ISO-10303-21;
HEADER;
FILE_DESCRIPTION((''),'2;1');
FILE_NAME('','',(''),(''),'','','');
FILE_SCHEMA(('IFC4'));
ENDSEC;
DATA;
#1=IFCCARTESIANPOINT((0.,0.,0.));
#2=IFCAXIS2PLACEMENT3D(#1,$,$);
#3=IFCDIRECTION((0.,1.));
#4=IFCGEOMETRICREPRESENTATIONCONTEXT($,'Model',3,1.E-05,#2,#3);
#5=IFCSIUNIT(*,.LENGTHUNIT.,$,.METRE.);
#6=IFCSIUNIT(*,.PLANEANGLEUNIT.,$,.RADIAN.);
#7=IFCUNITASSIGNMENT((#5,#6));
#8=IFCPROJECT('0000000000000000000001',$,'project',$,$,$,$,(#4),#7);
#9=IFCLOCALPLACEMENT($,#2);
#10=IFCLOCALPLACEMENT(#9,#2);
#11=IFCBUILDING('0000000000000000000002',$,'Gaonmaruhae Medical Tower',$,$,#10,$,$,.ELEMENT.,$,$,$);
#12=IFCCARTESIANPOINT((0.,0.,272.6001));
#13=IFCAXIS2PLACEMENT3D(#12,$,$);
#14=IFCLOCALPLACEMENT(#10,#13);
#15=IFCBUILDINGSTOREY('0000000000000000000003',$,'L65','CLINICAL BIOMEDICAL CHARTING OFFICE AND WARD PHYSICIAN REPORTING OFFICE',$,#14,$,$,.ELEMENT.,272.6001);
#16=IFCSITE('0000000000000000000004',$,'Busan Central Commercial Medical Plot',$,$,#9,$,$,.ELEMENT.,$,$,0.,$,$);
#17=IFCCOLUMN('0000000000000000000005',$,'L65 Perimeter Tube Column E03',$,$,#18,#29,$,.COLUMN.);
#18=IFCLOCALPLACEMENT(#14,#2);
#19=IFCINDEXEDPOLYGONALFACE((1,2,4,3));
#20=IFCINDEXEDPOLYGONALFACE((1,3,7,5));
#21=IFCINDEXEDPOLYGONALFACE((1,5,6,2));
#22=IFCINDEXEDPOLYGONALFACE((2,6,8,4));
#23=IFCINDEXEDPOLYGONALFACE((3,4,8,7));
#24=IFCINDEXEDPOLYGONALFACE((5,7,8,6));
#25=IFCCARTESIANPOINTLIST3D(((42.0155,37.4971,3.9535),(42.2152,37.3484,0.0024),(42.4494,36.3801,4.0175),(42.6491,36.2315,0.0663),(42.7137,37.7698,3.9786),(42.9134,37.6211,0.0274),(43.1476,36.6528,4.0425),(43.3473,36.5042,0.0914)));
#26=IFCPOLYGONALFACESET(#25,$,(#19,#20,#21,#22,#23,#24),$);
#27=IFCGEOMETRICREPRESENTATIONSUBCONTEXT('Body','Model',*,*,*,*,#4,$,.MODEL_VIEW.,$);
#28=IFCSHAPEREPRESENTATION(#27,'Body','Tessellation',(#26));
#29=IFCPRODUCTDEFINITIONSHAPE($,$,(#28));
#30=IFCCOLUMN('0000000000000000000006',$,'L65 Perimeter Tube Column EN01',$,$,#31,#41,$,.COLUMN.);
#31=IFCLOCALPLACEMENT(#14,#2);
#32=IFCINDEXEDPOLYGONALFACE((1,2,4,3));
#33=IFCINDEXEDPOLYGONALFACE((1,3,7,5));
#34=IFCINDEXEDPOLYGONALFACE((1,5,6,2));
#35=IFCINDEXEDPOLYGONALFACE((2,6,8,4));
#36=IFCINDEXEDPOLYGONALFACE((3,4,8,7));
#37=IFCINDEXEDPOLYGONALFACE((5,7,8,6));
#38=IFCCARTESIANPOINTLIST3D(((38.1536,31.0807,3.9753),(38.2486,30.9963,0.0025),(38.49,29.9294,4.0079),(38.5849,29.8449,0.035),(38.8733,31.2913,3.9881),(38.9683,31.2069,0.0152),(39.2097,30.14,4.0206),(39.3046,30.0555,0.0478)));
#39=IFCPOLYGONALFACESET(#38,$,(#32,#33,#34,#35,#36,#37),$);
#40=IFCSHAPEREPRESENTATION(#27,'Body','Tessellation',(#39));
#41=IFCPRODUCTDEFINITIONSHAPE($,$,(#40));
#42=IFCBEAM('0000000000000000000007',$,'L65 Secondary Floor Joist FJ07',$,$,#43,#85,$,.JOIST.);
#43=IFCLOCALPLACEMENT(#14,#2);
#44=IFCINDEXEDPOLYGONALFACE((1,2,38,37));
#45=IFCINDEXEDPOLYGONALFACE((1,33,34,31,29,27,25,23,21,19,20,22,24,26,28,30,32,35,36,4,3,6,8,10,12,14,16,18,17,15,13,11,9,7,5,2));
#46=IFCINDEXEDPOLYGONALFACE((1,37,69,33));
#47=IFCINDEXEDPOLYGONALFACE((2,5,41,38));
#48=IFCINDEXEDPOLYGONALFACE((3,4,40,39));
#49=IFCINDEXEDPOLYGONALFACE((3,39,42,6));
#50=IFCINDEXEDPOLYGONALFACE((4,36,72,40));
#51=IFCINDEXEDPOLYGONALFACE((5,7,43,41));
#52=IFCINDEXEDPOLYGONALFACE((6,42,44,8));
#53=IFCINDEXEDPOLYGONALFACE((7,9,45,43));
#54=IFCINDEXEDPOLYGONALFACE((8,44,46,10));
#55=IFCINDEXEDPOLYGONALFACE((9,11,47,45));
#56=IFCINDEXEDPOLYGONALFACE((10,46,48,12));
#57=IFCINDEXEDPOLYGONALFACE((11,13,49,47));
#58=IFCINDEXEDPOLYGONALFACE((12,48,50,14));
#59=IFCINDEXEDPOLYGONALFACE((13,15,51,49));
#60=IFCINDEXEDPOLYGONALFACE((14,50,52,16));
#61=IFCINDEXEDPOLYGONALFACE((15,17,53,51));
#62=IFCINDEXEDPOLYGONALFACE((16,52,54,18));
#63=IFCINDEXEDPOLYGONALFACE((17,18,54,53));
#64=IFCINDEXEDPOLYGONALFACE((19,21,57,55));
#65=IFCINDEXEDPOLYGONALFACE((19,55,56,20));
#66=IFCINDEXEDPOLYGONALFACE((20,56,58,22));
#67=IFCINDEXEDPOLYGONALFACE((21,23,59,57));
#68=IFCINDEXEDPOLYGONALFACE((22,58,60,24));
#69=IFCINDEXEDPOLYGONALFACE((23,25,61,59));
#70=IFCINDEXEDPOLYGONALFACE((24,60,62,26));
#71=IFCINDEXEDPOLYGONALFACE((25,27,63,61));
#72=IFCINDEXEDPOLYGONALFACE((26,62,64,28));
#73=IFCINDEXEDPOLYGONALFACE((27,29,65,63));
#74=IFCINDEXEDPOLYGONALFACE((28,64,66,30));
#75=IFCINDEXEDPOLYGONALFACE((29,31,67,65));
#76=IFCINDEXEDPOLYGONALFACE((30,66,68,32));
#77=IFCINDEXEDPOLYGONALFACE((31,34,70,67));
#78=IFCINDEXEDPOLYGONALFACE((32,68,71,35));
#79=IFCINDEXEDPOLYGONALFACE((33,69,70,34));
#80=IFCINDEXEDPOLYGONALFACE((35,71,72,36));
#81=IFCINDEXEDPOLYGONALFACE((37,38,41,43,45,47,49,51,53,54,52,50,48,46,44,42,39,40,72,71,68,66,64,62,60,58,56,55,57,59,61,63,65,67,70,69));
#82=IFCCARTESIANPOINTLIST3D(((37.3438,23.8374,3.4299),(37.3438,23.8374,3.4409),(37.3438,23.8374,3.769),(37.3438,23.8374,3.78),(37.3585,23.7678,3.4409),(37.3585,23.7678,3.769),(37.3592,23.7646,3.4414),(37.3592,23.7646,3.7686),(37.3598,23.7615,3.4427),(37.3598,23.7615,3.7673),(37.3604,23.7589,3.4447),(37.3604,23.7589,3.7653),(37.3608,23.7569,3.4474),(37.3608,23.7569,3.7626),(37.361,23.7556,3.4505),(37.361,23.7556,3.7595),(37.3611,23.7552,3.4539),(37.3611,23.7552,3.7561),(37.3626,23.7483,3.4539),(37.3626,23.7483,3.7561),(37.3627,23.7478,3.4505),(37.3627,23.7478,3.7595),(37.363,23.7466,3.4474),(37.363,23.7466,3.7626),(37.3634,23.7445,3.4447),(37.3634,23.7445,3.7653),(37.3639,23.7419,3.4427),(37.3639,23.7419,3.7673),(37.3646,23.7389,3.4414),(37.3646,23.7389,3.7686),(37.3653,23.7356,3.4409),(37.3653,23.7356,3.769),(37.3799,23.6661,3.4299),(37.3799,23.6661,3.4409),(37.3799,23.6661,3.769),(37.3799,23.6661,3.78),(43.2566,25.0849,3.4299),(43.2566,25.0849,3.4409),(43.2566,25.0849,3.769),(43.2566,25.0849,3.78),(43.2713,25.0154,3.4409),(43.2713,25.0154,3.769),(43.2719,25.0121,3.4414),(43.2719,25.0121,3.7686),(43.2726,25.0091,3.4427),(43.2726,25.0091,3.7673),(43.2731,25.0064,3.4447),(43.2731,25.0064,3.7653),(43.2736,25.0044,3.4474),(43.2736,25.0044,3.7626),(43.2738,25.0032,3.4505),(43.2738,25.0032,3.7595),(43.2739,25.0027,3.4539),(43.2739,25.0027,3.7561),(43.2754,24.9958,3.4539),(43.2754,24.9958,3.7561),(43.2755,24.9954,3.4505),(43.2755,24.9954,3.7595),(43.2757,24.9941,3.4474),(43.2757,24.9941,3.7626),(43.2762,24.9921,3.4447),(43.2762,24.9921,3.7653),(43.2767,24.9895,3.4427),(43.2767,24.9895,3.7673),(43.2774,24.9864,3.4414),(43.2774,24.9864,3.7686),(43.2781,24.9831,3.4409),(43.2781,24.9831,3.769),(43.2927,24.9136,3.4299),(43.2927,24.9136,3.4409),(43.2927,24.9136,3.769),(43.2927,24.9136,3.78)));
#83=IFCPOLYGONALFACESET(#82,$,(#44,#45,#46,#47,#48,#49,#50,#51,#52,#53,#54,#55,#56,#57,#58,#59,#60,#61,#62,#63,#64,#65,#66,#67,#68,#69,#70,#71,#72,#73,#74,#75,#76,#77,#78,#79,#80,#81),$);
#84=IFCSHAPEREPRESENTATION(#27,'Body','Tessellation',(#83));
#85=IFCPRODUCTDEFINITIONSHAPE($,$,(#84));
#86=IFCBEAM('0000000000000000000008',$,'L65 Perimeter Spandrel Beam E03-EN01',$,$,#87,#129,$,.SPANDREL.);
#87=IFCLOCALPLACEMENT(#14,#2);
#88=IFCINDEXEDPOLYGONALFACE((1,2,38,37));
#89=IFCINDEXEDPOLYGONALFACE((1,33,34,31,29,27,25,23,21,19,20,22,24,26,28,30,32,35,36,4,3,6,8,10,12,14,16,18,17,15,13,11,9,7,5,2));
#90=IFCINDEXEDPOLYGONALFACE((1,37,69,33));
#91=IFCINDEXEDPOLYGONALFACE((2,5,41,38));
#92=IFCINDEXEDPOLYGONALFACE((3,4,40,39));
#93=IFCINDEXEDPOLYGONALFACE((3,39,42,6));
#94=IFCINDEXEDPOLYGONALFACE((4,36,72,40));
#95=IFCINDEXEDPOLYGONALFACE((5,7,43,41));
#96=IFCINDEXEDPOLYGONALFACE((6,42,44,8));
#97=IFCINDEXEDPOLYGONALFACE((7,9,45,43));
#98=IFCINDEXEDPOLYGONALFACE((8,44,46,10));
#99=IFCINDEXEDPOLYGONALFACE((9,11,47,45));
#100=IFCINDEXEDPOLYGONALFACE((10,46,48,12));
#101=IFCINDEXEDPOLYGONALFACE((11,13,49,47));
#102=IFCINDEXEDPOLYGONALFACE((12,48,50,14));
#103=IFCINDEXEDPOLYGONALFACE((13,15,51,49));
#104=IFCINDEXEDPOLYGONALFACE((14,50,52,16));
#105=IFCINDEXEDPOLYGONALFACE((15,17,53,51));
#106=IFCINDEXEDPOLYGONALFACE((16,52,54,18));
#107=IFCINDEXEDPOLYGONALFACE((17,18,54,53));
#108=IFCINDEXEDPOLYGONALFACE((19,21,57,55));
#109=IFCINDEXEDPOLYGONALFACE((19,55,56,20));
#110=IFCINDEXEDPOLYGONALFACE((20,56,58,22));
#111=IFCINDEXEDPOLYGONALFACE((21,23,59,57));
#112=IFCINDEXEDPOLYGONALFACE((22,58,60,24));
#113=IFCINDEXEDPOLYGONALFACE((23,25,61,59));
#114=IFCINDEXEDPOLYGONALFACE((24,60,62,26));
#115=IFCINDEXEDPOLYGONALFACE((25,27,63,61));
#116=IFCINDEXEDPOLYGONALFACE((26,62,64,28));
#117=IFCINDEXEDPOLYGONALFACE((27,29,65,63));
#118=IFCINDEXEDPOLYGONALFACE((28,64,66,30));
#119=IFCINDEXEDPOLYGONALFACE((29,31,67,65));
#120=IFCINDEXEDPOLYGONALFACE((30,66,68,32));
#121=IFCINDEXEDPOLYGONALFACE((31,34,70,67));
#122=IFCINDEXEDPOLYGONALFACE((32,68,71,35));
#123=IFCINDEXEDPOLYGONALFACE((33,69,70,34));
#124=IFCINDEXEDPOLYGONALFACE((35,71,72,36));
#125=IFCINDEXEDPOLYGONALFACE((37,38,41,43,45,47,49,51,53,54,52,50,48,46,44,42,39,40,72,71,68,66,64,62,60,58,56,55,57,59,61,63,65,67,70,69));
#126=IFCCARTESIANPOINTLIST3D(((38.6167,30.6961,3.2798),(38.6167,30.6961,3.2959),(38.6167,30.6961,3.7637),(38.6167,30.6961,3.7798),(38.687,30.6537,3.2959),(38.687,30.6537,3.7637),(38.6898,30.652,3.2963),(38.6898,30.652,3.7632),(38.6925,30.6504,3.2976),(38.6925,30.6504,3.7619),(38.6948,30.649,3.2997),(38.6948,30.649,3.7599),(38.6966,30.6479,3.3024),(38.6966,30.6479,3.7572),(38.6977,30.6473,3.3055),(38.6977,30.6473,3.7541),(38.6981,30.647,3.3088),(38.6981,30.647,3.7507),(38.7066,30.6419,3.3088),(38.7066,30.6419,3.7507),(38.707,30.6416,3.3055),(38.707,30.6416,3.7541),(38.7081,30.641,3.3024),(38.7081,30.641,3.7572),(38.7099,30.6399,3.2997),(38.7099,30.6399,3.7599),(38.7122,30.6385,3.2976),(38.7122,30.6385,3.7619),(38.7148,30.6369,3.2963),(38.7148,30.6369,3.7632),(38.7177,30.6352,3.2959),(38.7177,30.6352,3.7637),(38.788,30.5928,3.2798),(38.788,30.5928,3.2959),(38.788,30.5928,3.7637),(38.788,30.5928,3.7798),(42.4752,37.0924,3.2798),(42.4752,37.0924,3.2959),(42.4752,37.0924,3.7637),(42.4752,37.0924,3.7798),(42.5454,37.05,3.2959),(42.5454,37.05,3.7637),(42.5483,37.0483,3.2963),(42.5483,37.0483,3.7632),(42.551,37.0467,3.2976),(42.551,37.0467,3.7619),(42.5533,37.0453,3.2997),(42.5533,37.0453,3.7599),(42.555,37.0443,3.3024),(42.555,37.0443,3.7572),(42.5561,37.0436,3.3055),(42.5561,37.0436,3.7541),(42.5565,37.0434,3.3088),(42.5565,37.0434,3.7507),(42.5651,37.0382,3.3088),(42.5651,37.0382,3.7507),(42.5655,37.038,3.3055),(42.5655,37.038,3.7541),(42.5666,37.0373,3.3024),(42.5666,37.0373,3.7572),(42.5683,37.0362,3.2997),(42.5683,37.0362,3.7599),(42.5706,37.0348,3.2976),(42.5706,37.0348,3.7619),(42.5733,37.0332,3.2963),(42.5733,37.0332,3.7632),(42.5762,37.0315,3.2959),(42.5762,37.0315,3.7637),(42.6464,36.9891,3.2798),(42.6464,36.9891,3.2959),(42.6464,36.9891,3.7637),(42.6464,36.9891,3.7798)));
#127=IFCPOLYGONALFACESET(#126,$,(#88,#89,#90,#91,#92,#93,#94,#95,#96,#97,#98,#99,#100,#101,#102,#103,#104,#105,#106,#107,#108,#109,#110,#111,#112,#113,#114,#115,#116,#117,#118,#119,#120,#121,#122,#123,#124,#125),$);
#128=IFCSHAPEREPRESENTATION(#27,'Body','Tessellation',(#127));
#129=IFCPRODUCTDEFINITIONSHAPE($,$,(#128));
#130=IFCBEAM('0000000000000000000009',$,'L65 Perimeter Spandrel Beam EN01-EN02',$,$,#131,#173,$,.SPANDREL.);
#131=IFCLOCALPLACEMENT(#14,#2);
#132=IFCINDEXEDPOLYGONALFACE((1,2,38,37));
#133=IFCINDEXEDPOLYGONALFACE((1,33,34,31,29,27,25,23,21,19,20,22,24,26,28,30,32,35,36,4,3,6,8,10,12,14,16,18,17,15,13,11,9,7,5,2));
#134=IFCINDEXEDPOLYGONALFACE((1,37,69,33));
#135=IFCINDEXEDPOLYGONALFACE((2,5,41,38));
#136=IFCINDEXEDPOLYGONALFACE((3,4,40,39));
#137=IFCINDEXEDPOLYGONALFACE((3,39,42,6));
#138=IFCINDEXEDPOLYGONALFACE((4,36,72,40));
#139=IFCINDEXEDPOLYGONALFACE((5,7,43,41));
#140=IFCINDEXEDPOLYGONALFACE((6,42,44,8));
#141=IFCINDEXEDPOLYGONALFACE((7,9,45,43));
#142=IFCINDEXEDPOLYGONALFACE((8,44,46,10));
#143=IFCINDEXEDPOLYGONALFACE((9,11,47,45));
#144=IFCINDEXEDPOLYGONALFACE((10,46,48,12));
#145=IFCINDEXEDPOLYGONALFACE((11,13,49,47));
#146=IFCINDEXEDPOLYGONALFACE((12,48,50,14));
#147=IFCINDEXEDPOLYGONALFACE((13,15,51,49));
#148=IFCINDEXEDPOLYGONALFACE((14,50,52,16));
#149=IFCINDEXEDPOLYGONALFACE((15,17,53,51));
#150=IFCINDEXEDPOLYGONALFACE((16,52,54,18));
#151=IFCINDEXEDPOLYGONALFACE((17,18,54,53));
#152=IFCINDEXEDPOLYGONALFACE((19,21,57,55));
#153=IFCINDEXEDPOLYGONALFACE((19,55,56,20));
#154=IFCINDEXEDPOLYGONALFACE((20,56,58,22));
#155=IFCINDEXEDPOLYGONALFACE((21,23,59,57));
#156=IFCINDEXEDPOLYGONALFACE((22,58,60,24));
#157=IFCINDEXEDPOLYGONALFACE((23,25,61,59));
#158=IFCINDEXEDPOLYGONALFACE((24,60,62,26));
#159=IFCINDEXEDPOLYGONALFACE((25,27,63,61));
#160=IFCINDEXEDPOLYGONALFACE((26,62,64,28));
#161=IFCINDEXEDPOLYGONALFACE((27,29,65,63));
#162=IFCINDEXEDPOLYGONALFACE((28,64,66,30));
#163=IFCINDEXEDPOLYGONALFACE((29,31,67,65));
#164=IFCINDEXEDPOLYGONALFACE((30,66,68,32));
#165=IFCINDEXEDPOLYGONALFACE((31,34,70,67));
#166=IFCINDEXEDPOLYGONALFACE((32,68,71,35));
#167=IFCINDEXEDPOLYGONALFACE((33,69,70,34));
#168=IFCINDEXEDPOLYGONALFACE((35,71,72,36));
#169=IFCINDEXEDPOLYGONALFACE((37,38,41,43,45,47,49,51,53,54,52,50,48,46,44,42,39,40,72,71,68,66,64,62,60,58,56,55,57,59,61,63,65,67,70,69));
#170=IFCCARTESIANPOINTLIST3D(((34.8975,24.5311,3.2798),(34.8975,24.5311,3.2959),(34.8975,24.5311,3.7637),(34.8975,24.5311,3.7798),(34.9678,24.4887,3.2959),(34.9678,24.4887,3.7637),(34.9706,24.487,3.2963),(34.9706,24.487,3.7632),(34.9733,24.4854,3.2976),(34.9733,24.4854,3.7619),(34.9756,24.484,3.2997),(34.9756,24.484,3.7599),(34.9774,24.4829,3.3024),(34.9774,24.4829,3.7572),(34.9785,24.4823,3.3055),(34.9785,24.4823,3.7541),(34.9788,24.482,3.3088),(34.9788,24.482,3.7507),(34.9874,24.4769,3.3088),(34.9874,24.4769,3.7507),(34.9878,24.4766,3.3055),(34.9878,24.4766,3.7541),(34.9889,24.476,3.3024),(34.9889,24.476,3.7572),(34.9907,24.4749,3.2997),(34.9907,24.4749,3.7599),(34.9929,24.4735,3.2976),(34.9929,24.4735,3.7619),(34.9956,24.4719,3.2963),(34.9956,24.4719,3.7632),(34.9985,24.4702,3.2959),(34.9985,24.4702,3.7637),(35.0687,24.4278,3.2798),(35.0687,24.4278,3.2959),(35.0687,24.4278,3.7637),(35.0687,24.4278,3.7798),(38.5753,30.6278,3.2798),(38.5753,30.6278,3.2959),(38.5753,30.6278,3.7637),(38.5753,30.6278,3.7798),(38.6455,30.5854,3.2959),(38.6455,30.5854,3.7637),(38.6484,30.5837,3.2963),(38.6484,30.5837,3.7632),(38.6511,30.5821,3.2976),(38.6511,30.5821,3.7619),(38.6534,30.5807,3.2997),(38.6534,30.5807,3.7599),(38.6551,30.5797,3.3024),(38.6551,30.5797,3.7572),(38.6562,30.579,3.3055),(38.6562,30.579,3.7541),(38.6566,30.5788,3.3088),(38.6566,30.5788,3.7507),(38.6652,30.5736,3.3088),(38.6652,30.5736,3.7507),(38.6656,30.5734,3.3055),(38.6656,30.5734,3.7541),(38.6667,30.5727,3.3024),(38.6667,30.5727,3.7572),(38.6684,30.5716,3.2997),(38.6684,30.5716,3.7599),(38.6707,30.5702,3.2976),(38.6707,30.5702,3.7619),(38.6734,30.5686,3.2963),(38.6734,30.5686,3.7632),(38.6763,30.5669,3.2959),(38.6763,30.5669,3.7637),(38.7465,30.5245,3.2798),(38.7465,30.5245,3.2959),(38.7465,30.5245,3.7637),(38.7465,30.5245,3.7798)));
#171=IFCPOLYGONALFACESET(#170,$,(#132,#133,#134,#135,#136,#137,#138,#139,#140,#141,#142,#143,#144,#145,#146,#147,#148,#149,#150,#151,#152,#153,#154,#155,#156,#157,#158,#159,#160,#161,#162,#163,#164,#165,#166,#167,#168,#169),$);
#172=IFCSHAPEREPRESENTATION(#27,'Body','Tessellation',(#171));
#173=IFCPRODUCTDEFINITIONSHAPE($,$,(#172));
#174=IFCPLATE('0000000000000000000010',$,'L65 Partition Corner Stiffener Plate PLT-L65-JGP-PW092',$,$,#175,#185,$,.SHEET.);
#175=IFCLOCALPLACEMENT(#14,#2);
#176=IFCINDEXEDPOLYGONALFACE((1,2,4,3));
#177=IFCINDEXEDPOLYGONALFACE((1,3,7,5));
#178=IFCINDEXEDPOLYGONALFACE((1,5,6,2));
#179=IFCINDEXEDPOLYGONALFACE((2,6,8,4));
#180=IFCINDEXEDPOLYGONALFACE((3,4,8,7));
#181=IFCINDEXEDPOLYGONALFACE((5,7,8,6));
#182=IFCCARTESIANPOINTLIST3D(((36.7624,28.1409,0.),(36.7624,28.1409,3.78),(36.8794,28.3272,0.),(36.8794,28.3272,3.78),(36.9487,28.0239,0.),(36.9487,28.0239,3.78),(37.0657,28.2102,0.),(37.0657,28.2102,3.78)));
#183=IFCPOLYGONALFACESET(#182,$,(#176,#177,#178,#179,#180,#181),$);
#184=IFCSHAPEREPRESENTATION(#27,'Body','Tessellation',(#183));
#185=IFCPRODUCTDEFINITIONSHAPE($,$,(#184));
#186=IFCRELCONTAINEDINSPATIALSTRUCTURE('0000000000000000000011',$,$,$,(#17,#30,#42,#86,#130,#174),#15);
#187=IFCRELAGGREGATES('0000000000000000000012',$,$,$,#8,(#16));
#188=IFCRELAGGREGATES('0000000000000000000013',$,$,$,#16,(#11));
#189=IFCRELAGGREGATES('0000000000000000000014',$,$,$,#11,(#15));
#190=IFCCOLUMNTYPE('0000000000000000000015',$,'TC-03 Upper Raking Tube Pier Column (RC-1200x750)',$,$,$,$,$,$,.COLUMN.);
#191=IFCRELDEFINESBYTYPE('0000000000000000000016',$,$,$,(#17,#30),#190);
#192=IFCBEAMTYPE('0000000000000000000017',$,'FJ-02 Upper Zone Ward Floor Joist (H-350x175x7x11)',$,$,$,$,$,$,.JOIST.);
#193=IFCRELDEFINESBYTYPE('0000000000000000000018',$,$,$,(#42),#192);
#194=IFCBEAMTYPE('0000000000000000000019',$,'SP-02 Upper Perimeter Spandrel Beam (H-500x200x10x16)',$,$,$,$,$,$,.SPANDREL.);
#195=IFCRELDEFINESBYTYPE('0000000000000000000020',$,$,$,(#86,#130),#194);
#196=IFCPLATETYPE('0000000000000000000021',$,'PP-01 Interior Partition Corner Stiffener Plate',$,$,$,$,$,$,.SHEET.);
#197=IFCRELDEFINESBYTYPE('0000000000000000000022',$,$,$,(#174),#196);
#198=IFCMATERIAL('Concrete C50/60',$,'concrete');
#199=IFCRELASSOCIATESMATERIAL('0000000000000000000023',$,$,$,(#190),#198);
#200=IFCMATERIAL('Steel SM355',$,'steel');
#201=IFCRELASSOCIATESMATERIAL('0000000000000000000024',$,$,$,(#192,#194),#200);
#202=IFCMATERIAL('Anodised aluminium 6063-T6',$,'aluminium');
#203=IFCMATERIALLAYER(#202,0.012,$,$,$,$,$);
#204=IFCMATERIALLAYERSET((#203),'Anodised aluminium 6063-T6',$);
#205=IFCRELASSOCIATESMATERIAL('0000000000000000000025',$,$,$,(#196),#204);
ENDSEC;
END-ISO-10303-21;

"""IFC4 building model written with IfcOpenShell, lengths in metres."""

from ifc_helpers import new_model, si_unit, direction, frame, origin, origin_2d, place, context, subcontext, project, spatial, rectangle, i_section, extrude, material, layer, layer_set, material_profile, profile_set, type_object, element, save


model = new_model("IFC4")

# Units and contexts
model_context = context("Model", 3, precision=1e-05, world=origin(), true_north=direction((0.0, 1.0)))
body_context = subcontext(model_context, "Body", "Model", "MODEL_VIEW")
ifc_project = project(units=[si_unit("LENGTHUNIT", "METRE"), si_unit("PLANEANGLEUNIT", "RADIAN")], contexts=[model_context])

# Site, building, storey
site_placement = place(None, origin())
site = spatial("IfcSite", under=ifc_project, at=site_placement, Name="Busan Central Commercial Medical Plot", CompositionType="ELEMENT", RefElevation=0.0)
building_placement = place(site_placement, origin())
building = spatial("IfcBuilding", under=site, at=building_placement, Name="Gaonmaruhae Medical Tower", CompositionType="ELEMENT")
storey_placement = place(building_placement, frame((0.0, 0.0, 272.6001)))
storey = spatial("IfcBuildingStorey", under=building, at=storey_placement, Name="L65", Description="CLINICAL BIOMEDICAL CHARTING OFFICE AND WARD PHYSICIAN REPORTING OFFICE", CompositionType="ELEMENT", Elevation=272.6001)

# Columns
ifc_material_1 = material(Name="Concrete C50/60", Category="concrete")
ifc_material_profile_1 = material_profile(ifc_material_1, rectangle(XDim=1.2, YDim=0.75, at=origin_2d()), Name="RC-1200x750")
ifc_profile_set_1 = profile_set([ifc_material_profile_1], Name="Concrete C50/60")
column_type = type_object("IfcColumnType", Name="TC-03 Upper Raking Tube Pier Column (RC-1200x750)", PredefinedType="COLUMN", material=ifc_profile_set_1)
column_1_placement = place(storey_placement, frame((42.7812, 36.9263, 0.0469), z_axis=(-0.050444, 0.037555, 0.998021), x_axis=(0.361619, -0.930801, 0.053303)))
element("IfcColumn", 1, at=column_1_placement, inside=storey, type_object=column_type, Name="L65 Perimeter Tube Column E03", PredefinedType="COLUMN", context=body_context, shape_type="SweptSolid", body=[
    extrude(rectangle(XDim=1.2, YDim=0.75, at=origin_2d()), origin(), (0.0, 0.0, 1.0), 3.959),
])
column_2_placement = place(storey_placement, frame((38.7766, 30.5259, 0.0251), z_axis=(-0.023892, 0.021251, 0.999489), x_axis=(0.280312, -0.959526, 0.027102)))
element("IfcColumn", 2, at=column_2_placement, inside=storey, type_object=column_type, Name="L65 Perimeter Tube Column EN01", PredefinedType="COLUMN", context=body_context, shape_type="SweptSolid", body=[
    extrude(rectangle(XDim=1.2, YDim=0.75, at=origin_2d()), origin(), (0.0, 0.0, 1.0), 3.9749),
])

# Beams
ifc_material_2 = material(Name="Steel SM355", Category="steel")
ifc_material_profile_2 = material_profile(ifc_material_2, i_section(OverallWidth=0.175, OverallDepth=0.3501, WebThickness=0.0071, FlangeThickness=0.011, FilletRadius=0.0129, at=origin_2d()), Name="H-350x175x7x11")
ifc_profile_set_2 = profile_set([ifc_material_profile_2], Name="Steel SM355")
beam_type_1 = type_object("IfcBeamType", Name="FJ-02 Upper Zone Ward Floor Joist (H-350x175x7x11)", PredefinedType="JOIST", material=ifc_profile_set_2)
beam_1_placement = place(storey_placement, frame((43.2747, 24.9993, 3.605), z_axis=(-0.978458, -0.206446, 0.0), x_axis=(0.206446, -0.978458, 0.0)))
element("IfcBeam", 3, at=beam_1_placement, inside=storey, type_object=beam_type_1, Name="L65 Secondary Floor Joist FJ07", PredefinedType="JOIST", context=body_context, shape_type="SweptSolid", body=[
    extrude(i_section(OverallWidth=0.175, OverallDepth=0.3501, WebThickness=0.0071, FlangeThickness=0.011, FilletRadius=0.0129, at=origin_2d()), origin(), (0.0, 0.0, 1.0), 6.043),
])
ifc_material_profile_3 = material_profile(ifc_material_2, i_section(OverallWidth=0.2, OverallDepth=0.5, WebThickness=0.01, FlangeThickness=0.0161, FilletRadius=0.0129, at=origin_2d()), Name="H-500x200x10x16")
ifc_profile_set_3 = profile_set([ifc_material_profile_3], Name="Steel SM355")
beam_type_2 = type_object("IfcBeamType", Name="SP-02 Upper Perimeter Spandrel Beam (H-500x200x10x16)", PredefinedType="SPANDREL", material=ifc_profile_set_3)
beam_2_placement = place(storey_placement, frame((42.5608, 37.0408, 3.5298), z_axis=(-0.516527, -0.856271, 0.0), x_axis=(0.856271, -0.516527, 0.0)))
element("IfcBeam", 4, at=beam_2_placement, inside=storey, type_object=beam_type_2, Name="L65 Perimeter Spandrel Beam E03-EN01", PredefinedType="SPANDREL", context=body_context, shape_type="SweptSolid", body=[
    extrude(i_section(OverallWidth=0.2, OverallDepth=0.5, WebThickness=0.01, FlangeThickness=0.0161, FilletRadius=0.0129, at=origin_2d()), origin(), (0.0, 0.0, 1.0), 7.47),
])
beam_3_placement = place(storey_placement, frame((38.6609, 30.5762, 3.5298), z_axis=(-0.516531, -0.856268, 0.0), x_axis=(0.856268, -0.516531, 0.0)))
element("IfcBeam", 5, at=beam_3_placement, inside=storey, type_object=beam_type_2, Name="L65 Perimeter Spandrel Beam EN01-EN02", PredefinedType="SPANDREL", context=body_context, shape_type="SweptSolid", body=[
    extrude(i_section(OverallWidth=0.2, OverallDepth=0.5, WebThickness=0.01, FlangeThickness=0.0161, FilletRadius=0.0129, at=origin_2d()), origin(), (0.0, 0.0, 1.0), 7.1201),
])

# Plate
ifc_material_3 = material(Name="Anodised aluminium 6063-T6", Category="aluminium")
ifc_layer_1 = layer(ifc_material_3, 0.012)
ifc_layer_set_1 = layer_set([ifc_layer_1], Name="Anodised aluminium 6063-T6")
plate_type = type_object("IfcPlateType", Name="PP-01 Interior Partition Corner Stiffener Plate", PredefinedType="SHEET", material=ifc_layer_set_1)
for number, where, z_axis, x_axis, name in (
    (6, (36.9141, 28.1755, 0.0), (0.0, 0.0, 1.0), (0.846964, -0.53165, 0.0), "L65 Partition Corner Stiffener Plate PLT-L65-JGP-PW092"),
):
    element("IfcPlate", number, at=place(storey_placement, frame(where, z_axis=z_axis, x_axis=x_axis)), inside=storey, type_object=plate_type, Name=name, PredefinedType="SHEET", context=body_context, shape_type="SweptSolid", body=[
        extrude(rectangle(XDim=0.22, YDim=0.22, at=origin_2d()), origin(), (0.0, 0.0, 1.0), 3.78),
    ])

save(model, "model.ifc")
